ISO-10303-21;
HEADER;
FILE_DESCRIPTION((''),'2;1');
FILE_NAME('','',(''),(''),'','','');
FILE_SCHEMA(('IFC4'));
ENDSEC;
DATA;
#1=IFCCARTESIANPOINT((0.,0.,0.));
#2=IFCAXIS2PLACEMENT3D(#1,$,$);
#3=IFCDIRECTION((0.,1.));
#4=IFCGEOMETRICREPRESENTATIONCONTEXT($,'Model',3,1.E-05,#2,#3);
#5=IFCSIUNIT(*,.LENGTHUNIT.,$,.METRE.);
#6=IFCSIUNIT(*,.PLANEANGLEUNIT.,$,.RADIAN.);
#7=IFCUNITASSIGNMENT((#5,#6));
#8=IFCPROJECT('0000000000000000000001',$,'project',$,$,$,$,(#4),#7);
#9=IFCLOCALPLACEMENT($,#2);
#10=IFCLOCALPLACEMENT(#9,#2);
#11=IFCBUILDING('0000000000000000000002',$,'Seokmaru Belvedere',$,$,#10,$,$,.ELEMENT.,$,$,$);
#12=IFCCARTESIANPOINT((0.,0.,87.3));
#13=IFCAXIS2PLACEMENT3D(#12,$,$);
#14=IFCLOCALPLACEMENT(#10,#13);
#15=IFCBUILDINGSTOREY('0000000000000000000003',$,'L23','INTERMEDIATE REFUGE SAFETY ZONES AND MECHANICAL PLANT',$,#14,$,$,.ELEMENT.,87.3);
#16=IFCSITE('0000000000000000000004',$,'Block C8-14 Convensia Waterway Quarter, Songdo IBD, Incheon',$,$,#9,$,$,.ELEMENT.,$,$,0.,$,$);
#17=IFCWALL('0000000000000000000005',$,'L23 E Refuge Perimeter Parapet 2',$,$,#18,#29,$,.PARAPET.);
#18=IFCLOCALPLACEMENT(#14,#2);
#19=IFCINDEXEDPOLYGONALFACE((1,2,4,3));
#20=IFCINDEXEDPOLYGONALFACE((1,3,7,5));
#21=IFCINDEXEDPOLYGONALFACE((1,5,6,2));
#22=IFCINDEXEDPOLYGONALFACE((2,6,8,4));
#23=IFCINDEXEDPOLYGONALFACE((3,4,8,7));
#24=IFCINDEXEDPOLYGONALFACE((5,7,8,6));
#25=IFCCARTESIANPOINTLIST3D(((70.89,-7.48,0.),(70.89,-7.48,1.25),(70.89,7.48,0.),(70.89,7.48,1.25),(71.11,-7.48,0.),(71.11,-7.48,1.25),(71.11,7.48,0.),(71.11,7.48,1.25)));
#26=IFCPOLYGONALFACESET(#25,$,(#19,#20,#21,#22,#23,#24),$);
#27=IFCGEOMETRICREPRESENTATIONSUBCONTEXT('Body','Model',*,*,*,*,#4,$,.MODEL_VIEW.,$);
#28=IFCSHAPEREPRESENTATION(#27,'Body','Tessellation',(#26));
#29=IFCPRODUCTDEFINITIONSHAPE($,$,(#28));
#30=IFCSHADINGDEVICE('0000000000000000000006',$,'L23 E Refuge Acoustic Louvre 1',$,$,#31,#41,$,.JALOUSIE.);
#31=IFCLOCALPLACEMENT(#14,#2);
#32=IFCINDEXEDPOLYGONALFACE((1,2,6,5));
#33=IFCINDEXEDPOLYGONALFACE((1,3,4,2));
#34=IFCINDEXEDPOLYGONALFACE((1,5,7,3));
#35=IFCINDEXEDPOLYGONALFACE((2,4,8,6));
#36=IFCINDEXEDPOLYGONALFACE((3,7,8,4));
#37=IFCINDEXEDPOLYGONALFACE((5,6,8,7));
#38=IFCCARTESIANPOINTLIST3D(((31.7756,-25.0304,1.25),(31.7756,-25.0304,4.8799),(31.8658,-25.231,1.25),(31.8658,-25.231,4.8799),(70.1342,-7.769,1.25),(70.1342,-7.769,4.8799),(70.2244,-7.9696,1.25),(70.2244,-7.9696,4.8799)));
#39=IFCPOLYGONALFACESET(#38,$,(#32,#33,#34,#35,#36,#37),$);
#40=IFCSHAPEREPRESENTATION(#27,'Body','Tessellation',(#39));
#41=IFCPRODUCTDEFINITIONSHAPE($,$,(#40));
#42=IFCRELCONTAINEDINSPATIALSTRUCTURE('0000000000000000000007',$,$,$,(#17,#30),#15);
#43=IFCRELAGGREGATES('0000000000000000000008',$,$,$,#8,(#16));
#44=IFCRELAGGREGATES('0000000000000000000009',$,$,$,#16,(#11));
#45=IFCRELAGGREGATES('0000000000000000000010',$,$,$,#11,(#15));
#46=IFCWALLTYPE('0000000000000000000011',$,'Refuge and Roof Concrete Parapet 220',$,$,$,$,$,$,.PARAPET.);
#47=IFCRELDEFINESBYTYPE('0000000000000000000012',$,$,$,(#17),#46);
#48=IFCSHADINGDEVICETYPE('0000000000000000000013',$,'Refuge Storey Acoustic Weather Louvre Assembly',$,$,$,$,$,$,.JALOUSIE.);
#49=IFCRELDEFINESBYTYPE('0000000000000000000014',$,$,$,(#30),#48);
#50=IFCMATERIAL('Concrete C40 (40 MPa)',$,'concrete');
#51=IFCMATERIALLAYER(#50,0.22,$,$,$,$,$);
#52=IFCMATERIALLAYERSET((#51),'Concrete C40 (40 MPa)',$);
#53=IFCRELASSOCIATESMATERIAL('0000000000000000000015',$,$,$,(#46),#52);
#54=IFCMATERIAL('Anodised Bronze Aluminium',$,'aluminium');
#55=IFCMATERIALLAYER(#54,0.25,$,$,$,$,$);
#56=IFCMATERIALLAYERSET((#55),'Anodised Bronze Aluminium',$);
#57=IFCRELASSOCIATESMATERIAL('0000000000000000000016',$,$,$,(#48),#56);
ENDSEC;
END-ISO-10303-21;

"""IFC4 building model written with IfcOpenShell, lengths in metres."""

from ifc_helpers import new_model, si_unit, direction, frame, frame_2d, origin, origin_2d, place, context, subcontext, project, spatial, rectangle, extrude, source, transform, mapped, material, layer, layer_set, type_object, type_shapes, element, save


model = new_model("IFC4")

# Units and contexts
model_context = context("Model", 3, precision=1e-05, world=origin(), true_north=direction((0.0, 1.0)))
body_context = subcontext(model_context, "Body", "Model", "MODEL_VIEW")
ifc_project = project(units=[si_unit("LENGTHUNIT", "METRE"), si_unit("PLANEANGLEUNIT", "RADIAN")], contexts=[model_context])

# Site, building, storey
site_placement = place(None, origin())
site = spatial("IfcSite", under=ifc_project, at=site_placement, Name="Block C8-14 Convensia Waterway Quarter, Songdo IBD, Incheon", CompositionType="ELEMENT", RefElevation=0.0)
building_placement = place(site_placement, origin())
building = spatial("IfcBuilding", under=site, at=building_placement, Name="Seokmaru Belvedere", CompositionType="ELEMENT")
storey_placement = place(building_placement, frame((0.0, 0.0, 87.3)))
storey = spatial("IfcBuildingStorey", under=building, at=storey_placement, Name="L23", Description="INTERMEDIATE REFUGE SAFETY ZONES AND MECHANICAL PLANT", CompositionType="ELEMENT", Elevation=87.3)

# Wall
ifc_material_1 = material(Name="Concrete C40 (40 MPa)", Category="concrete")
ifc_layer_1 = layer(ifc_material_1, 0.22)
ifc_layer_set_1 = layer_set([ifc_layer_1], Name="Concrete C40 (40 MPa)")
wall_type_1 = type_object("IfcWallType", Name="Refuge and Roof Concrete Parapet 220", PredefinedType="PARAPET", material=ifc_layer_set_1)
wall_1_placement = place(storey_placement, frame((71.0, -7.48, 0.0), z_axis=(0.0, 0.0, 1.0), x_axis=(0.0, 1.0, 0.0)))
element("IfcWall", 1, at=wall_1_placement, inside=storey, type_object=wall_type_1, Name="L23 E Refuge Perimeter Parapet 2", PredefinedType="PARAPET", context=body_context, shape_type="SweptSolid", body=[
    extrude(rectangle(XDim=14.96, YDim=0.22, at=frame_2d((7.48, 0.0))), origin(), (0.0, 0.0, 1.0), 1.25),
])

# Shading device
ifc_material_2 = material(Name="Anodised Bronze Aluminium", Category="aluminium")
ifc_layer_2 = layer(ifc_material_2, 0.25)
ifc_layer_set_2 = layer_set([ifc_layer_2], Name="Anodised Bronze Aluminium")
shading_device_type = type_object("IfcShadingDeviceType", Name="Refuge Storey Acoustic Weather Louvre Assembly", PredefinedType="JALOUSIE", material=ifc_layer_set_2)
shared_shape_1 = source(origin(), body_context, "Body", "SweptSolid", [
    extrude(rectangle(XDim=42.0635, YDim=0.22, at=origin_2d()), origin(), (0.0, 0.0, 1.0), 3.6299),
])
type_shapes(shading_device_type, [shared_shape_1])
shading_device_placement = place(storey_placement, frame((51.0, -16.5, 1.25), z_axis=(0.0, 0.0, 1.0), x_axis=(0.911922, 0.410364, 0.0)))
element("IfcShadingDevice", 2, at=shading_device_placement, inside=storey, type_object=shading_device_type, Name="L23 E Refuge Acoustic Louvre 1", PredefinedType="JALOUSIE", context=body_context, shape_type="MappedRepresentation", body=[
    mapped(shared_shape_1, transform((0.0, 0.0, 0.0), scale=1.0)),
])

save(model, "model.ifc")
